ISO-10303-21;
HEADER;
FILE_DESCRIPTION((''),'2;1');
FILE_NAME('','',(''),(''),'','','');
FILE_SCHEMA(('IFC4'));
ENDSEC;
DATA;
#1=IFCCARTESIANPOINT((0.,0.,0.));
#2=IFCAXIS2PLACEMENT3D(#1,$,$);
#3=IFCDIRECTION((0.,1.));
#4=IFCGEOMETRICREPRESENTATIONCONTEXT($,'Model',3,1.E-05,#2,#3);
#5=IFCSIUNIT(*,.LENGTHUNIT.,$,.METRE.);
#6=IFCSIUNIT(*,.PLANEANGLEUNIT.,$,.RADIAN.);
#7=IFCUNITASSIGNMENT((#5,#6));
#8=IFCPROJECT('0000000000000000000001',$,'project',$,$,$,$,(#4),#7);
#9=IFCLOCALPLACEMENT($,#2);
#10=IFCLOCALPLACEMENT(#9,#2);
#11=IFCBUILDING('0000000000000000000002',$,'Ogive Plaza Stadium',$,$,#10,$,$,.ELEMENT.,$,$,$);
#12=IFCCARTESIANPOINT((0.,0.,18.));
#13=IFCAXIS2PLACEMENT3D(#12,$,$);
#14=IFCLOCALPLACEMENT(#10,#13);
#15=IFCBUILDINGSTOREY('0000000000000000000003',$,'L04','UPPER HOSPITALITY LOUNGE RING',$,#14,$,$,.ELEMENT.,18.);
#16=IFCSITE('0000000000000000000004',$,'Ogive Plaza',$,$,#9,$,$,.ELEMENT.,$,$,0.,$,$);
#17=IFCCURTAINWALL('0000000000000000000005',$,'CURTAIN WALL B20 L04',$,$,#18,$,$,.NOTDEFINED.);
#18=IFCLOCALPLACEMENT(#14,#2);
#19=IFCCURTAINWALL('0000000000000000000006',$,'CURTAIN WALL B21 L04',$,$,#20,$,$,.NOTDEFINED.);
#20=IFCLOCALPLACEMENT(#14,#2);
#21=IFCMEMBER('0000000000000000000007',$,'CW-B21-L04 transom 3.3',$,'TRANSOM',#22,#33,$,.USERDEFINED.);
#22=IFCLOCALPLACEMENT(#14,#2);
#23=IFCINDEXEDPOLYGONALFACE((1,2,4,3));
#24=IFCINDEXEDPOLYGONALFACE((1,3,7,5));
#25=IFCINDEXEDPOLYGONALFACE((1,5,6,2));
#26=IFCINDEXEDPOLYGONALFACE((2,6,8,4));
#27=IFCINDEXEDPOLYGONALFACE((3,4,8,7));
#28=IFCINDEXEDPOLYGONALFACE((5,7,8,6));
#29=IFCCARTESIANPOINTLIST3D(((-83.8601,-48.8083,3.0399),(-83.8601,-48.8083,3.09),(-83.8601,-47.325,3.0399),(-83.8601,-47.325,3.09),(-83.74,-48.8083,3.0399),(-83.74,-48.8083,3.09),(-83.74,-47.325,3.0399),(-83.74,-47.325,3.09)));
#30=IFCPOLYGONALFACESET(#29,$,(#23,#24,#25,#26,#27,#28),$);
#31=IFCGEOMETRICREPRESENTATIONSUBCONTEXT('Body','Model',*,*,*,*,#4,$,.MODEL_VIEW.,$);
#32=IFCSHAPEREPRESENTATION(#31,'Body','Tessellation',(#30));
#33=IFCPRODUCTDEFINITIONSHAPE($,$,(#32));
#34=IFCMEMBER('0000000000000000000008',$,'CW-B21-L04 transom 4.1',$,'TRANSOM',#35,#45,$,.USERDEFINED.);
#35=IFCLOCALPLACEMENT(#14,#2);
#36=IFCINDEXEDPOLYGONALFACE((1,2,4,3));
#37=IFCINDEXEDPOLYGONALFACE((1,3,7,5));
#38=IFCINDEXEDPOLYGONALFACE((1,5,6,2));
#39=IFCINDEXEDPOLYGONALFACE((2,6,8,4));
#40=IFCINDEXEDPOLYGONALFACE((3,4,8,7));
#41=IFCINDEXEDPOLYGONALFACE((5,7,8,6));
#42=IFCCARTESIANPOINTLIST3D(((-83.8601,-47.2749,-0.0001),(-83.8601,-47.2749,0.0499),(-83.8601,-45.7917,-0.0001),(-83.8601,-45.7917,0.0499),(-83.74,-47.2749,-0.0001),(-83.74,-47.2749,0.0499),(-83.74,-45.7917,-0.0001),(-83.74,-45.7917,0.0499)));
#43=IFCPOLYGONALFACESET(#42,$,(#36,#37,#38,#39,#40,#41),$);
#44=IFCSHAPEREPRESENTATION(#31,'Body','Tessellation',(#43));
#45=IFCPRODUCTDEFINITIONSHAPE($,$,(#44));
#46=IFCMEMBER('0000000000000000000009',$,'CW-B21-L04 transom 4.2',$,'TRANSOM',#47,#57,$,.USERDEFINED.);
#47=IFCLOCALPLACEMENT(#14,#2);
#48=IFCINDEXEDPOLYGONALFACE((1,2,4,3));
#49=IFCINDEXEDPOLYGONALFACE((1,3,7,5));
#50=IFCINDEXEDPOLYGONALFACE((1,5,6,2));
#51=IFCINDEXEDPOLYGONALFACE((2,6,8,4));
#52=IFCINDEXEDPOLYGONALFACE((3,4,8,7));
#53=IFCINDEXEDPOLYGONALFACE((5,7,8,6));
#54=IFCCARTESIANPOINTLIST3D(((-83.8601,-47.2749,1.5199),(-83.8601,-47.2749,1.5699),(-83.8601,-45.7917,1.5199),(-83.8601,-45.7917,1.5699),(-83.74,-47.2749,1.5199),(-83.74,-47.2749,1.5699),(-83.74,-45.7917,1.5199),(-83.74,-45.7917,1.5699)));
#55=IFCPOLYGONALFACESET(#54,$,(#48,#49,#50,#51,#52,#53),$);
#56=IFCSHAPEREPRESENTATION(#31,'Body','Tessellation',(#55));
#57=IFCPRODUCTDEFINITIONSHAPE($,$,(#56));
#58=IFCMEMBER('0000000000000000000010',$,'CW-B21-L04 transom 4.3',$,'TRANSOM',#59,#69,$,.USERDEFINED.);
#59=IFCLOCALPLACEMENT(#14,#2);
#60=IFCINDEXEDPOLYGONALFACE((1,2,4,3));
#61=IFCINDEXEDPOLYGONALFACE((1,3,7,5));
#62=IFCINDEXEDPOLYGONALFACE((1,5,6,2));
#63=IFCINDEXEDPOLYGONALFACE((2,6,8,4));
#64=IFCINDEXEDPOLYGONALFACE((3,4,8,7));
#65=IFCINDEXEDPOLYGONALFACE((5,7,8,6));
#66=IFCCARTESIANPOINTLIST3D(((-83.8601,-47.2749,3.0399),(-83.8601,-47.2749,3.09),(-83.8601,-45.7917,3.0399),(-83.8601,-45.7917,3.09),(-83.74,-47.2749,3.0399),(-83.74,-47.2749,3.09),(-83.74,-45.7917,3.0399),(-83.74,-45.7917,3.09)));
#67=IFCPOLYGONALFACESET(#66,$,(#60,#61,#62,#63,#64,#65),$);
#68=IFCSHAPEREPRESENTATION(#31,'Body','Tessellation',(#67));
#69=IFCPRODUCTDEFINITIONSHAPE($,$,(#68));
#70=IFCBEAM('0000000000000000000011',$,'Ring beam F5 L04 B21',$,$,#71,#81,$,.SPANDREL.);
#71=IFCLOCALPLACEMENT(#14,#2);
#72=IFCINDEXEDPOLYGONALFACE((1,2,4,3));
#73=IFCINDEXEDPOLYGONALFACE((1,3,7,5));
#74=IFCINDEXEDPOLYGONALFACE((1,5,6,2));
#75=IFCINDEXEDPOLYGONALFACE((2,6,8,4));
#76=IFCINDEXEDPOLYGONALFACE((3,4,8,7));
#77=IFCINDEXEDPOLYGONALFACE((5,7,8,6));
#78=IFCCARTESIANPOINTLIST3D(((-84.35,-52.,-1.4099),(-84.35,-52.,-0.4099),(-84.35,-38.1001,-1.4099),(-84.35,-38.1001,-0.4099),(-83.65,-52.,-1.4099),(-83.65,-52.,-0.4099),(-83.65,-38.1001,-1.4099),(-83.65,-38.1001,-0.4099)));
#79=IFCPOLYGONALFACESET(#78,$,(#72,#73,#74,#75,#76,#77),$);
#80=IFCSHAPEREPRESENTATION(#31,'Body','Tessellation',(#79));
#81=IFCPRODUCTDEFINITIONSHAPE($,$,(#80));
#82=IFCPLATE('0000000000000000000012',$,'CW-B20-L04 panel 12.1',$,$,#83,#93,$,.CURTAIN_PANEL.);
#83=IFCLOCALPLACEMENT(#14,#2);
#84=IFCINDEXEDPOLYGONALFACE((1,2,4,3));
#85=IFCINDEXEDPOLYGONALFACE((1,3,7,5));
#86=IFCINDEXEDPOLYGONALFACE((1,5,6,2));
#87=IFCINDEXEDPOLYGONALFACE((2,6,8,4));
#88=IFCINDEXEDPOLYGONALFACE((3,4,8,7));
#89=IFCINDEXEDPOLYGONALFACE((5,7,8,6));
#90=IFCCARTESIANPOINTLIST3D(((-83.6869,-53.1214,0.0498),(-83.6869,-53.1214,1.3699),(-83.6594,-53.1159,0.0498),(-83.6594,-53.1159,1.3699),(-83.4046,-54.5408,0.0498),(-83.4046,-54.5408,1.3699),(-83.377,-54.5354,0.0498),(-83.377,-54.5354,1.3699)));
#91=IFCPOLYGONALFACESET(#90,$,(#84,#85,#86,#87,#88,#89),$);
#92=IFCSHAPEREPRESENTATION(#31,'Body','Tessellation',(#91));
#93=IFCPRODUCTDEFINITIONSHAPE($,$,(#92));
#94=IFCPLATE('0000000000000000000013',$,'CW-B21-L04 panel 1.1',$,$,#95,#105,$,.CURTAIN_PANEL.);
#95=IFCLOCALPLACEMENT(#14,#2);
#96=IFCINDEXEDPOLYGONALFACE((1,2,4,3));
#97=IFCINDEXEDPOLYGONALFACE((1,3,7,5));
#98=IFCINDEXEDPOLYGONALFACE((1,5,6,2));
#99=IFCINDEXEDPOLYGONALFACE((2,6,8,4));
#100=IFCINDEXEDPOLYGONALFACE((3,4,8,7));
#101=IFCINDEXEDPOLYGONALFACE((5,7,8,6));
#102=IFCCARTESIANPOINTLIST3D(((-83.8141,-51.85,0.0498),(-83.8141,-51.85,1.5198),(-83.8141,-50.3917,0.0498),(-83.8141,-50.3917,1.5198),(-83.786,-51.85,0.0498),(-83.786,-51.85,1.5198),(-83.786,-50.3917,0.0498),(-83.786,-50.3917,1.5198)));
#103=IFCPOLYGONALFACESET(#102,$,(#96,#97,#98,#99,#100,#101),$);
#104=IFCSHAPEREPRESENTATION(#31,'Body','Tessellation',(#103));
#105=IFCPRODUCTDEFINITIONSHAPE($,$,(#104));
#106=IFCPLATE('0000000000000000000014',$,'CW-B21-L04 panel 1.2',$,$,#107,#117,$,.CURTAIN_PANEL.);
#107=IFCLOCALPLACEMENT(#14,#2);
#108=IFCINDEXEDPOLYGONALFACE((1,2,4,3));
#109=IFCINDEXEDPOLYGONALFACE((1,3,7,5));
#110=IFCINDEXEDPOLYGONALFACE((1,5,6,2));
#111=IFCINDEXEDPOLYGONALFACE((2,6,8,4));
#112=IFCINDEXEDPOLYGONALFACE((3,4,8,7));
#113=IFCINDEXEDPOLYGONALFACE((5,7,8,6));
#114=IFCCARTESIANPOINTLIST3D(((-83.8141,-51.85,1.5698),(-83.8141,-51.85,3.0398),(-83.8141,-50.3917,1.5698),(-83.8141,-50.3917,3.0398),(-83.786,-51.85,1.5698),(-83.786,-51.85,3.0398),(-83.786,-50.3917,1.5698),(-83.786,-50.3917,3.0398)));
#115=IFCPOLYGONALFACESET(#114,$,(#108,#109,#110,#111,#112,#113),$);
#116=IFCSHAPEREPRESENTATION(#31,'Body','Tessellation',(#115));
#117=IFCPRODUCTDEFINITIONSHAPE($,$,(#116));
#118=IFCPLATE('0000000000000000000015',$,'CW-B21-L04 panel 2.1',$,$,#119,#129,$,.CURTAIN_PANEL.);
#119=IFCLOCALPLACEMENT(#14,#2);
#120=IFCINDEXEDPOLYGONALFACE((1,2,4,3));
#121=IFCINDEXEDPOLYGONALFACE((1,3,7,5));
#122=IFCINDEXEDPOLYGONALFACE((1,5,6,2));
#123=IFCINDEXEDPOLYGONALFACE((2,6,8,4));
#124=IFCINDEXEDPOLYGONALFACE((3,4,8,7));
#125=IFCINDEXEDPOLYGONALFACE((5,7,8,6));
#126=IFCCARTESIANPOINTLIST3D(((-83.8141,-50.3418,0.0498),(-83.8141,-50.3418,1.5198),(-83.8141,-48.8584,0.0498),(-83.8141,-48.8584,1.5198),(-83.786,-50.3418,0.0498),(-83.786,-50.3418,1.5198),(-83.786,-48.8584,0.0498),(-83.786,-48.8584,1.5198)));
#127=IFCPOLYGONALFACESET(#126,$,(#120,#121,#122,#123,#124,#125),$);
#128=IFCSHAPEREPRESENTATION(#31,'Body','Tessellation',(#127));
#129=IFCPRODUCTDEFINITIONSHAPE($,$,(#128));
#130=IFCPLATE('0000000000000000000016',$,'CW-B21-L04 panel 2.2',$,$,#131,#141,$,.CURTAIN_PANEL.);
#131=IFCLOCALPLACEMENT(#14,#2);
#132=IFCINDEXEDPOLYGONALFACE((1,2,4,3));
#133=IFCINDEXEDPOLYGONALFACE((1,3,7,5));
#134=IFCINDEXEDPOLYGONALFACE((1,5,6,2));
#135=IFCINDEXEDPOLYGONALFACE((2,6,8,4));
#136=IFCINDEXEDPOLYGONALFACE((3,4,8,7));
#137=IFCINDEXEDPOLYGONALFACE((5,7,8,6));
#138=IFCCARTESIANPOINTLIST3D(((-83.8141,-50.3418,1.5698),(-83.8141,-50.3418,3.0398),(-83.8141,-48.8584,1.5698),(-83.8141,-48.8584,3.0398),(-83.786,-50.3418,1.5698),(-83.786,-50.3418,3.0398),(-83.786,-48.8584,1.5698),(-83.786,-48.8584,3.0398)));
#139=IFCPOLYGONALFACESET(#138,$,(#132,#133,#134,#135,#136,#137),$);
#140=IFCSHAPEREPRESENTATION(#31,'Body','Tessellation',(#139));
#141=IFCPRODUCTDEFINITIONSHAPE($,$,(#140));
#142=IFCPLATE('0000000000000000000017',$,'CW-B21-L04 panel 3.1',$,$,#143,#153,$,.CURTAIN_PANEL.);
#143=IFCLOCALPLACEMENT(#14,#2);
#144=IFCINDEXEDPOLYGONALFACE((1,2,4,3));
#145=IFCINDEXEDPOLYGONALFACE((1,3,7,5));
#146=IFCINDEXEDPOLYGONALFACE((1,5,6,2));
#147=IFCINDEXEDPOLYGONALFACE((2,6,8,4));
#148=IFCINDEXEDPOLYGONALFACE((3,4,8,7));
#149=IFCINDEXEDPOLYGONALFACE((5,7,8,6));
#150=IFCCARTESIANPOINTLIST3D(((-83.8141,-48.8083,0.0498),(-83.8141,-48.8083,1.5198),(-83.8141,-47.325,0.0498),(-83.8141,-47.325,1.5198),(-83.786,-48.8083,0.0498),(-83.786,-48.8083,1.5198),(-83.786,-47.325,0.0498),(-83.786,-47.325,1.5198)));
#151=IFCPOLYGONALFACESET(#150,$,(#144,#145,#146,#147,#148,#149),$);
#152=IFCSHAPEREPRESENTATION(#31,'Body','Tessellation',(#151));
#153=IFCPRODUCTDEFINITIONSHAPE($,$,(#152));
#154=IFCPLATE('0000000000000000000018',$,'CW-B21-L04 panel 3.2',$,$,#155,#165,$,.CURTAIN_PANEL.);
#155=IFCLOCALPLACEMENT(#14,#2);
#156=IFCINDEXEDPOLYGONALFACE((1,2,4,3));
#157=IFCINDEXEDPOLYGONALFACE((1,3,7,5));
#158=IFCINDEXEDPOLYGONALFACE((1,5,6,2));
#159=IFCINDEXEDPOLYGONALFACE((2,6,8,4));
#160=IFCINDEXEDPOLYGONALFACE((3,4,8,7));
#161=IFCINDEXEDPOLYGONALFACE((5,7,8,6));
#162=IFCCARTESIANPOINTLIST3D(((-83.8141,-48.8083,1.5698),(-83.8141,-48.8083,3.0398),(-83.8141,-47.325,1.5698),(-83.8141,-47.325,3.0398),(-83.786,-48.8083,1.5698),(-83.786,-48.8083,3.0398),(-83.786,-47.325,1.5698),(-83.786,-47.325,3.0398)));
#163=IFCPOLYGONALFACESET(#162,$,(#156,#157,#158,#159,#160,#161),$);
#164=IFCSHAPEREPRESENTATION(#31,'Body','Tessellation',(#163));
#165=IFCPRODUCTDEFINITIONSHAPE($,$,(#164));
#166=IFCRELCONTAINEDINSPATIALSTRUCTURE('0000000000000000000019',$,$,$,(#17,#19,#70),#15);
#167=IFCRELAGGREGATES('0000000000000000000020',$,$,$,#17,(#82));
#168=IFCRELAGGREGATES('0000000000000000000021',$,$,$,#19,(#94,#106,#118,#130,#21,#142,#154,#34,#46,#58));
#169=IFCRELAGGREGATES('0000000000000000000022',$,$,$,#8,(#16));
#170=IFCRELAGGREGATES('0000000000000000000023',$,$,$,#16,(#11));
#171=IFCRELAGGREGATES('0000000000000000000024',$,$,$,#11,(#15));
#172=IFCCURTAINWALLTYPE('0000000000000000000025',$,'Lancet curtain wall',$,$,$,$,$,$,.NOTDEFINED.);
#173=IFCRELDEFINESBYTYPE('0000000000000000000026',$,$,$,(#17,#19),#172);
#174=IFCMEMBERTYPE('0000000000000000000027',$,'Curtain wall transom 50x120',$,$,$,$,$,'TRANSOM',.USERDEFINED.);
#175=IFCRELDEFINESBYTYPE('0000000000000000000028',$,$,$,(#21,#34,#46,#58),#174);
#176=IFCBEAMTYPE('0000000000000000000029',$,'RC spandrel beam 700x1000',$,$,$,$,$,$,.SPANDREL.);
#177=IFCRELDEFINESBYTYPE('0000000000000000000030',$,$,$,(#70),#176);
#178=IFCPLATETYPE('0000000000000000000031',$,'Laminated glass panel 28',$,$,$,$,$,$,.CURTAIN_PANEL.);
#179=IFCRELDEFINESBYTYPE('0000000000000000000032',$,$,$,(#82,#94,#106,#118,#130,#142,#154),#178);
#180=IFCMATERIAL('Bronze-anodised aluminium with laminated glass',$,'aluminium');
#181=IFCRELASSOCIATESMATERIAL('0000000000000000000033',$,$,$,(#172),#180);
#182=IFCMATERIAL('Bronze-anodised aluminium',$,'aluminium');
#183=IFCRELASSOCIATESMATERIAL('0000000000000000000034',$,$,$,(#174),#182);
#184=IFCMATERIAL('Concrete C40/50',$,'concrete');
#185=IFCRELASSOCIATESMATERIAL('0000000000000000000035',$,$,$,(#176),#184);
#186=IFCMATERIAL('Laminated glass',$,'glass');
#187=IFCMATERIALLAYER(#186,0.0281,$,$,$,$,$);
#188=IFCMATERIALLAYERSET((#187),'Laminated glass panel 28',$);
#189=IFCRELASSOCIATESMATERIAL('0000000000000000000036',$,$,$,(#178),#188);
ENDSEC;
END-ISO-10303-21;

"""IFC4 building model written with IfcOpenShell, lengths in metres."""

from ifc_helpers import new_model, si_unit, direction, frame, origin, origin_2d, place, context, subcontext, project, spatial, rectangle, extrude, material, layer, layer_set, material_profile, profile_set, type_object, element, aggregate, save


model = new_model("IFC4")

# Units and contexts
model_context = context("Model", 3, precision=1e-05, world=origin(), true_north=direction((0.0, 1.0)))
body_context = subcontext(model_context, "Body", "Model", "MODEL_VIEW")
ifc_project = project(units=[si_unit("LENGTHUNIT", "METRE"), si_unit("PLANEANGLEUNIT", "RADIAN")], contexts=[model_context])

# Site, building, storey
site_placement = place(None, origin())
site = spatial("IfcSite", under=ifc_project, at=site_placement, Name="Ogive Plaza", CompositionType="ELEMENT", RefElevation=0.0)
building_placement = place(site_placement, origin())
building = spatial("IfcBuilding", under=site, at=building_placement, Name="Ogive Plaza Stadium", CompositionType="ELEMENT")
storey_placement = place(building_placement, frame((0.0, 0.0, 18.0)))
storey = spatial("IfcBuildingStorey", under=building, at=storey_placement, Name="L04", Description="UPPER HOSPITALITY LOUNGE RING", CompositionType="ELEMENT", Elevation=18.0)

# Curtain wall
ifc_material_1 = material(Name="Bronze-anodised aluminium with laminated glass", Category="aluminium")
curtain_wall_type = type_object("IfcCurtainWallType", Name="Lancet curtain wall", PredefinedType="NOTDEFINED", material=ifc_material_1)
curtain_wall_1_placement = place(storey_placement, origin())
curtain_wall_1 = element("IfcCurtainWall", 1, at=curtain_wall_1_placement, inside=storey, type_object=curtain_wall_type, Name="CURTAIN WALL B20 L04", PredefinedType="NOTDEFINED")

# Curtain wall, members
curtain_wall_2_placement = place(storey_placement, origin())
curtain_wall_2 = element("IfcCurtainWall", 2, at=curtain_wall_2_placement, inside=storey, type_object=curtain_wall_type, Name="CURTAIN WALL B21 L04", PredefinedType="NOTDEFINED")
ifc_material_2 = material(Name="Bronze-anodised aluminium", Category="aluminium")
ifc_material_profile_1 = material_profile(ifc_material_2, rectangle(XDim=0.1201, YDim=0.05, at=origin_2d()), Name="AL 120x50")
ifc_profile_set_1 = profile_set([ifc_material_profile_1], Name="Bronze-anodised aluminium")
member_type_1 = type_object("IfcMemberType", Name="Curtain wall transom 50x120", ElementType="TRANSOM", PredefinedType="USERDEFINED", material=ifc_profile_set_1)
member_1_placement = place(storey_placement, frame((-83.8, -48.8083, 3.0649), z_axis=(0.0, 1.0, 0.0), x_axis=(-1.0, 0.0, 0.0)))
member_1 = element("IfcMember", 3, at=member_1_placement, type_object=member_type_1, Name="CW-B21-L04 transom 3.3", ObjectType="TRANSOM", PredefinedType="USERDEFINED", context=body_context, shape_type="SweptSolid", body=[
    extrude(rectangle(XDim=0.1201, YDim=0.05, at=origin_2d()), origin(), (0.0, 0.0, 1.0), 1.4834),
])
member_2_placement = place(storey_placement, frame((-83.8, -47.2749, 0.0249), z_axis=(0.0, 1.0, 0.0), x_axis=(-1.0, 0.0, 0.0)))
member_2 = element("IfcMember", 4, at=member_2_placement, type_object=member_type_1, Name="CW-B21-L04 transom 4.1", ObjectType="TRANSOM", PredefinedType="USERDEFINED", context=body_context, shape_type="SweptSolid", body=[
    extrude(rectangle(XDim=0.1201, YDim=0.05, at=origin_2d()), origin(), (0.0, 0.0, 1.0), 1.4832),
])
member_3_placement = place(storey_placement, frame((-83.8, -47.2749, 1.5449), z_axis=(0.0, 1.0, 0.0), x_axis=(-1.0, 0.0, 0.0)))
member_3 = element("IfcMember", 5, at=member_3_placement, type_object=member_type_1, Name="CW-B21-L04 transom 4.2", ObjectType="TRANSOM", PredefinedType="USERDEFINED", context=body_context, shape_type="SweptSolid", body=[
    extrude(rectangle(XDim=0.1201, YDim=0.05, at=origin_2d()), origin(), (0.0, 0.0, 1.0), 1.4832),
])
member_4_placement = place(storey_placement, frame((-83.8, -47.2749, 3.0649), z_axis=(0.0, 1.0, 0.0), x_axis=(-1.0, 0.0, 0.0)))
member_4 = element("IfcMember", 6, at=member_4_placement, type_object=member_type_1, Name="CW-B21-L04 transom 4.3", ObjectType="TRANSOM", PredefinedType="USERDEFINED", context=body_context, shape_type="SweptSolid", body=[
    extrude(rectangle(XDim=0.1201, YDim=0.05, at=origin_2d()), origin(), (0.0, 0.0, 1.0), 1.4832),
])

# Beam
ifc_material_3 = material(Name="Concrete C40/50", Category="concrete")
ifc_material_profile_2 = material_profile(ifc_material_3, rectangle(XDim=0.7, YDim=1.0, at=origin_2d()), Name="RC 700x1000")
ifc_profile_set_2 = profile_set([ifc_material_profile_2], Name="Concrete C40/50")
beam_type = type_object("IfcBeamType", Name="RC spandrel beam 700x1000", PredefinedType="SPANDREL", material=ifc_profile_set_2)
beam_placement = place(storey_placement, frame((-84.0, -52.0, -0.9099), z_axis=(0.0, 1.0, 0.0), x_axis=(-1.0, 0.0, 0.0)))
element("IfcBeam", 7, at=beam_placement, inside=storey, type_object=beam_type, Name="Ring beam F5 L04 B21", PredefinedType="SPANDREL", context=body_context, shape_type="SweptSolid", body=[
    extrude(rectangle(XDim=0.7, YDim=1.0, at=origin_2d()), origin(), (0.0, 0.0, 1.0), 13.8999),
])

# Plates
ifc_material_4 = material(Name="Laminated glass", Category="glass")
ifc_layer = layer(ifc_material_4, 0.0281)
ifc_layer_set = layer_set([ifc_layer], Name="Laminated glass panel 28")
plate_type = type_object("IfcPlateType", Name="Laminated glass panel 28", PredefinedType="CURTAIN_PANEL", material=ifc_layer_set)
plate_1_placement = place(storey_placement, frame((-83.532, -53.8284, 0.0498), z_axis=(0.0, 0.0, 1.0), x_axis=(-0.19509, 0.980785, 0.0)))
plate_1 = element("IfcPlate", 8, at=plate_1_placement, type_object=plate_type, Name="CW-B20-L04 panel 12.1", PredefinedType="CURTAIN_PANEL", context=body_context, shape_type="SweptSolid", body=[
    extrude(rectangle(XDim=1.4473, YDim=0.0281, at=origin_2d()), origin(), (0.0, 0.0, 1.0), 1.3201),
])
aggregate(curtain_wall_1, [plate_1])
plate_2_placement = place(storey_placement, frame((-83.8, -51.1208, 0.0498), z_axis=(0.0, 0.0, 1.0), x_axis=(0.0, 1.0, 0.0)))
plate_2 = element("IfcPlate", 9, at=plate_2_placement, type_object=plate_type, Name="CW-B21-L04 panel 1.1", PredefinedType="CURTAIN_PANEL", context=body_context, shape_type="SweptSolid", body=[
    extrude(rectangle(XDim=1.4583, YDim=0.0281, at=origin_2d()), origin(), (0.0, 0.0, 1.0), 1.47),
])
plate_3_placement = place(storey_placement, frame((-83.8, -51.1208, 1.5698), z_axis=(0.0, 0.0, 1.0), x_axis=(0.0, 1.0, 0.0)))
plate_3 = element("IfcPlate", 10, at=plate_3_placement, type_object=plate_type, Name="CW-B21-L04 panel 1.2", PredefinedType="CURTAIN_PANEL", context=body_context, shape_type="SweptSolid", body=[
    extrude(rectangle(XDim=1.4583, YDim=0.0281, at=origin_2d()), origin(), (0.0, 0.0, 1.0), 1.47),
])
plate_4_placement = place(storey_placement, frame((-83.8, -49.6001, 0.0498), z_axis=(0.0, 0.0, 1.0), x_axis=(0.0, 1.0, 0.0)))
plate_4 = element("IfcPlate", 11, at=plate_4_placement, type_object=plate_type, Name="CW-B21-L04 panel 2.1", PredefinedType="CURTAIN_PANEL", context=body_context, shape_type="SweptSolid", body=[
    extrude(rectangle(XDim=1.4834, YDim=0.0281, at=origin_2d()), origin(), (0.0, 0.0, 1.0), 1.47),
])
plate_5_placement = place(storey_placement, frame((-83.8, -49.6001, 1.5698), z_axis=(0.0, 0.0, 1.0), x_axis=(0.0, 1.0, 0.0)))
plate_5 = element("IfcPlate", 12, at=plate_5_placement, type_object=plate_type, Name="CW-B21-L04 panel 2.2", PredefinedType="CURTAIN_PANEL", context=body_context, shape_type="SweptSolid", body=[
    extrude(rectangle(XDim=1.4834, YDim=0.0281, at=origin_2d()), origin(), (0.0, 0.0, 1.0), 1.47),
])
plate_6_placement = place(storey_placement, frame((-83.8, -48.0667, 0.0498), z_axis=(0.0, 0.0, 1.0), x_axis=(0.0, 1.0, 0.0)))
plate_6 = element("IfcPlate", 13, at=plate_6_placement, type_object=plate_type, Name="CW-B21-L04 panel 3.1", PredefinedType="CURTAIN_PANEL", context=body_context, shape_type="SweptSolid", body=[
    extrude(rectangle(XDim=1.4834, YDim=0.0281, at=origin_2d()), origin(), (0.0, 0.0, 1.0), 1.47),
])
plate_7_placement = place(storey_placement, frame((-83.8, -48.0667, 1.5698), z_axis=(0.0, 0.0, 1.0), x_axis=(0.0, 1.0, 0.0)))
plate_7 = element("IfcPlate", 14, at=plate_7_placement, type_object=plate_type, Name="CW-B21-L04 panel 3.2", PredefinedType="CURTAIN_PANEL", context=body_context, shape_type="SweptSolid", body=[
    extrude(rectangle(XDim=1.4834, YDim=0.0281, at=origin_2d()), origin(), (0.0, 0.0, 1.0), 1.47),
])
aggregate(curtain_wall_2, [plate_2, plate_3, plate_4, plate_5, member_1, plate_6, plate_7, member_2, member_3, member_4])

save(model, "model.ifc")
